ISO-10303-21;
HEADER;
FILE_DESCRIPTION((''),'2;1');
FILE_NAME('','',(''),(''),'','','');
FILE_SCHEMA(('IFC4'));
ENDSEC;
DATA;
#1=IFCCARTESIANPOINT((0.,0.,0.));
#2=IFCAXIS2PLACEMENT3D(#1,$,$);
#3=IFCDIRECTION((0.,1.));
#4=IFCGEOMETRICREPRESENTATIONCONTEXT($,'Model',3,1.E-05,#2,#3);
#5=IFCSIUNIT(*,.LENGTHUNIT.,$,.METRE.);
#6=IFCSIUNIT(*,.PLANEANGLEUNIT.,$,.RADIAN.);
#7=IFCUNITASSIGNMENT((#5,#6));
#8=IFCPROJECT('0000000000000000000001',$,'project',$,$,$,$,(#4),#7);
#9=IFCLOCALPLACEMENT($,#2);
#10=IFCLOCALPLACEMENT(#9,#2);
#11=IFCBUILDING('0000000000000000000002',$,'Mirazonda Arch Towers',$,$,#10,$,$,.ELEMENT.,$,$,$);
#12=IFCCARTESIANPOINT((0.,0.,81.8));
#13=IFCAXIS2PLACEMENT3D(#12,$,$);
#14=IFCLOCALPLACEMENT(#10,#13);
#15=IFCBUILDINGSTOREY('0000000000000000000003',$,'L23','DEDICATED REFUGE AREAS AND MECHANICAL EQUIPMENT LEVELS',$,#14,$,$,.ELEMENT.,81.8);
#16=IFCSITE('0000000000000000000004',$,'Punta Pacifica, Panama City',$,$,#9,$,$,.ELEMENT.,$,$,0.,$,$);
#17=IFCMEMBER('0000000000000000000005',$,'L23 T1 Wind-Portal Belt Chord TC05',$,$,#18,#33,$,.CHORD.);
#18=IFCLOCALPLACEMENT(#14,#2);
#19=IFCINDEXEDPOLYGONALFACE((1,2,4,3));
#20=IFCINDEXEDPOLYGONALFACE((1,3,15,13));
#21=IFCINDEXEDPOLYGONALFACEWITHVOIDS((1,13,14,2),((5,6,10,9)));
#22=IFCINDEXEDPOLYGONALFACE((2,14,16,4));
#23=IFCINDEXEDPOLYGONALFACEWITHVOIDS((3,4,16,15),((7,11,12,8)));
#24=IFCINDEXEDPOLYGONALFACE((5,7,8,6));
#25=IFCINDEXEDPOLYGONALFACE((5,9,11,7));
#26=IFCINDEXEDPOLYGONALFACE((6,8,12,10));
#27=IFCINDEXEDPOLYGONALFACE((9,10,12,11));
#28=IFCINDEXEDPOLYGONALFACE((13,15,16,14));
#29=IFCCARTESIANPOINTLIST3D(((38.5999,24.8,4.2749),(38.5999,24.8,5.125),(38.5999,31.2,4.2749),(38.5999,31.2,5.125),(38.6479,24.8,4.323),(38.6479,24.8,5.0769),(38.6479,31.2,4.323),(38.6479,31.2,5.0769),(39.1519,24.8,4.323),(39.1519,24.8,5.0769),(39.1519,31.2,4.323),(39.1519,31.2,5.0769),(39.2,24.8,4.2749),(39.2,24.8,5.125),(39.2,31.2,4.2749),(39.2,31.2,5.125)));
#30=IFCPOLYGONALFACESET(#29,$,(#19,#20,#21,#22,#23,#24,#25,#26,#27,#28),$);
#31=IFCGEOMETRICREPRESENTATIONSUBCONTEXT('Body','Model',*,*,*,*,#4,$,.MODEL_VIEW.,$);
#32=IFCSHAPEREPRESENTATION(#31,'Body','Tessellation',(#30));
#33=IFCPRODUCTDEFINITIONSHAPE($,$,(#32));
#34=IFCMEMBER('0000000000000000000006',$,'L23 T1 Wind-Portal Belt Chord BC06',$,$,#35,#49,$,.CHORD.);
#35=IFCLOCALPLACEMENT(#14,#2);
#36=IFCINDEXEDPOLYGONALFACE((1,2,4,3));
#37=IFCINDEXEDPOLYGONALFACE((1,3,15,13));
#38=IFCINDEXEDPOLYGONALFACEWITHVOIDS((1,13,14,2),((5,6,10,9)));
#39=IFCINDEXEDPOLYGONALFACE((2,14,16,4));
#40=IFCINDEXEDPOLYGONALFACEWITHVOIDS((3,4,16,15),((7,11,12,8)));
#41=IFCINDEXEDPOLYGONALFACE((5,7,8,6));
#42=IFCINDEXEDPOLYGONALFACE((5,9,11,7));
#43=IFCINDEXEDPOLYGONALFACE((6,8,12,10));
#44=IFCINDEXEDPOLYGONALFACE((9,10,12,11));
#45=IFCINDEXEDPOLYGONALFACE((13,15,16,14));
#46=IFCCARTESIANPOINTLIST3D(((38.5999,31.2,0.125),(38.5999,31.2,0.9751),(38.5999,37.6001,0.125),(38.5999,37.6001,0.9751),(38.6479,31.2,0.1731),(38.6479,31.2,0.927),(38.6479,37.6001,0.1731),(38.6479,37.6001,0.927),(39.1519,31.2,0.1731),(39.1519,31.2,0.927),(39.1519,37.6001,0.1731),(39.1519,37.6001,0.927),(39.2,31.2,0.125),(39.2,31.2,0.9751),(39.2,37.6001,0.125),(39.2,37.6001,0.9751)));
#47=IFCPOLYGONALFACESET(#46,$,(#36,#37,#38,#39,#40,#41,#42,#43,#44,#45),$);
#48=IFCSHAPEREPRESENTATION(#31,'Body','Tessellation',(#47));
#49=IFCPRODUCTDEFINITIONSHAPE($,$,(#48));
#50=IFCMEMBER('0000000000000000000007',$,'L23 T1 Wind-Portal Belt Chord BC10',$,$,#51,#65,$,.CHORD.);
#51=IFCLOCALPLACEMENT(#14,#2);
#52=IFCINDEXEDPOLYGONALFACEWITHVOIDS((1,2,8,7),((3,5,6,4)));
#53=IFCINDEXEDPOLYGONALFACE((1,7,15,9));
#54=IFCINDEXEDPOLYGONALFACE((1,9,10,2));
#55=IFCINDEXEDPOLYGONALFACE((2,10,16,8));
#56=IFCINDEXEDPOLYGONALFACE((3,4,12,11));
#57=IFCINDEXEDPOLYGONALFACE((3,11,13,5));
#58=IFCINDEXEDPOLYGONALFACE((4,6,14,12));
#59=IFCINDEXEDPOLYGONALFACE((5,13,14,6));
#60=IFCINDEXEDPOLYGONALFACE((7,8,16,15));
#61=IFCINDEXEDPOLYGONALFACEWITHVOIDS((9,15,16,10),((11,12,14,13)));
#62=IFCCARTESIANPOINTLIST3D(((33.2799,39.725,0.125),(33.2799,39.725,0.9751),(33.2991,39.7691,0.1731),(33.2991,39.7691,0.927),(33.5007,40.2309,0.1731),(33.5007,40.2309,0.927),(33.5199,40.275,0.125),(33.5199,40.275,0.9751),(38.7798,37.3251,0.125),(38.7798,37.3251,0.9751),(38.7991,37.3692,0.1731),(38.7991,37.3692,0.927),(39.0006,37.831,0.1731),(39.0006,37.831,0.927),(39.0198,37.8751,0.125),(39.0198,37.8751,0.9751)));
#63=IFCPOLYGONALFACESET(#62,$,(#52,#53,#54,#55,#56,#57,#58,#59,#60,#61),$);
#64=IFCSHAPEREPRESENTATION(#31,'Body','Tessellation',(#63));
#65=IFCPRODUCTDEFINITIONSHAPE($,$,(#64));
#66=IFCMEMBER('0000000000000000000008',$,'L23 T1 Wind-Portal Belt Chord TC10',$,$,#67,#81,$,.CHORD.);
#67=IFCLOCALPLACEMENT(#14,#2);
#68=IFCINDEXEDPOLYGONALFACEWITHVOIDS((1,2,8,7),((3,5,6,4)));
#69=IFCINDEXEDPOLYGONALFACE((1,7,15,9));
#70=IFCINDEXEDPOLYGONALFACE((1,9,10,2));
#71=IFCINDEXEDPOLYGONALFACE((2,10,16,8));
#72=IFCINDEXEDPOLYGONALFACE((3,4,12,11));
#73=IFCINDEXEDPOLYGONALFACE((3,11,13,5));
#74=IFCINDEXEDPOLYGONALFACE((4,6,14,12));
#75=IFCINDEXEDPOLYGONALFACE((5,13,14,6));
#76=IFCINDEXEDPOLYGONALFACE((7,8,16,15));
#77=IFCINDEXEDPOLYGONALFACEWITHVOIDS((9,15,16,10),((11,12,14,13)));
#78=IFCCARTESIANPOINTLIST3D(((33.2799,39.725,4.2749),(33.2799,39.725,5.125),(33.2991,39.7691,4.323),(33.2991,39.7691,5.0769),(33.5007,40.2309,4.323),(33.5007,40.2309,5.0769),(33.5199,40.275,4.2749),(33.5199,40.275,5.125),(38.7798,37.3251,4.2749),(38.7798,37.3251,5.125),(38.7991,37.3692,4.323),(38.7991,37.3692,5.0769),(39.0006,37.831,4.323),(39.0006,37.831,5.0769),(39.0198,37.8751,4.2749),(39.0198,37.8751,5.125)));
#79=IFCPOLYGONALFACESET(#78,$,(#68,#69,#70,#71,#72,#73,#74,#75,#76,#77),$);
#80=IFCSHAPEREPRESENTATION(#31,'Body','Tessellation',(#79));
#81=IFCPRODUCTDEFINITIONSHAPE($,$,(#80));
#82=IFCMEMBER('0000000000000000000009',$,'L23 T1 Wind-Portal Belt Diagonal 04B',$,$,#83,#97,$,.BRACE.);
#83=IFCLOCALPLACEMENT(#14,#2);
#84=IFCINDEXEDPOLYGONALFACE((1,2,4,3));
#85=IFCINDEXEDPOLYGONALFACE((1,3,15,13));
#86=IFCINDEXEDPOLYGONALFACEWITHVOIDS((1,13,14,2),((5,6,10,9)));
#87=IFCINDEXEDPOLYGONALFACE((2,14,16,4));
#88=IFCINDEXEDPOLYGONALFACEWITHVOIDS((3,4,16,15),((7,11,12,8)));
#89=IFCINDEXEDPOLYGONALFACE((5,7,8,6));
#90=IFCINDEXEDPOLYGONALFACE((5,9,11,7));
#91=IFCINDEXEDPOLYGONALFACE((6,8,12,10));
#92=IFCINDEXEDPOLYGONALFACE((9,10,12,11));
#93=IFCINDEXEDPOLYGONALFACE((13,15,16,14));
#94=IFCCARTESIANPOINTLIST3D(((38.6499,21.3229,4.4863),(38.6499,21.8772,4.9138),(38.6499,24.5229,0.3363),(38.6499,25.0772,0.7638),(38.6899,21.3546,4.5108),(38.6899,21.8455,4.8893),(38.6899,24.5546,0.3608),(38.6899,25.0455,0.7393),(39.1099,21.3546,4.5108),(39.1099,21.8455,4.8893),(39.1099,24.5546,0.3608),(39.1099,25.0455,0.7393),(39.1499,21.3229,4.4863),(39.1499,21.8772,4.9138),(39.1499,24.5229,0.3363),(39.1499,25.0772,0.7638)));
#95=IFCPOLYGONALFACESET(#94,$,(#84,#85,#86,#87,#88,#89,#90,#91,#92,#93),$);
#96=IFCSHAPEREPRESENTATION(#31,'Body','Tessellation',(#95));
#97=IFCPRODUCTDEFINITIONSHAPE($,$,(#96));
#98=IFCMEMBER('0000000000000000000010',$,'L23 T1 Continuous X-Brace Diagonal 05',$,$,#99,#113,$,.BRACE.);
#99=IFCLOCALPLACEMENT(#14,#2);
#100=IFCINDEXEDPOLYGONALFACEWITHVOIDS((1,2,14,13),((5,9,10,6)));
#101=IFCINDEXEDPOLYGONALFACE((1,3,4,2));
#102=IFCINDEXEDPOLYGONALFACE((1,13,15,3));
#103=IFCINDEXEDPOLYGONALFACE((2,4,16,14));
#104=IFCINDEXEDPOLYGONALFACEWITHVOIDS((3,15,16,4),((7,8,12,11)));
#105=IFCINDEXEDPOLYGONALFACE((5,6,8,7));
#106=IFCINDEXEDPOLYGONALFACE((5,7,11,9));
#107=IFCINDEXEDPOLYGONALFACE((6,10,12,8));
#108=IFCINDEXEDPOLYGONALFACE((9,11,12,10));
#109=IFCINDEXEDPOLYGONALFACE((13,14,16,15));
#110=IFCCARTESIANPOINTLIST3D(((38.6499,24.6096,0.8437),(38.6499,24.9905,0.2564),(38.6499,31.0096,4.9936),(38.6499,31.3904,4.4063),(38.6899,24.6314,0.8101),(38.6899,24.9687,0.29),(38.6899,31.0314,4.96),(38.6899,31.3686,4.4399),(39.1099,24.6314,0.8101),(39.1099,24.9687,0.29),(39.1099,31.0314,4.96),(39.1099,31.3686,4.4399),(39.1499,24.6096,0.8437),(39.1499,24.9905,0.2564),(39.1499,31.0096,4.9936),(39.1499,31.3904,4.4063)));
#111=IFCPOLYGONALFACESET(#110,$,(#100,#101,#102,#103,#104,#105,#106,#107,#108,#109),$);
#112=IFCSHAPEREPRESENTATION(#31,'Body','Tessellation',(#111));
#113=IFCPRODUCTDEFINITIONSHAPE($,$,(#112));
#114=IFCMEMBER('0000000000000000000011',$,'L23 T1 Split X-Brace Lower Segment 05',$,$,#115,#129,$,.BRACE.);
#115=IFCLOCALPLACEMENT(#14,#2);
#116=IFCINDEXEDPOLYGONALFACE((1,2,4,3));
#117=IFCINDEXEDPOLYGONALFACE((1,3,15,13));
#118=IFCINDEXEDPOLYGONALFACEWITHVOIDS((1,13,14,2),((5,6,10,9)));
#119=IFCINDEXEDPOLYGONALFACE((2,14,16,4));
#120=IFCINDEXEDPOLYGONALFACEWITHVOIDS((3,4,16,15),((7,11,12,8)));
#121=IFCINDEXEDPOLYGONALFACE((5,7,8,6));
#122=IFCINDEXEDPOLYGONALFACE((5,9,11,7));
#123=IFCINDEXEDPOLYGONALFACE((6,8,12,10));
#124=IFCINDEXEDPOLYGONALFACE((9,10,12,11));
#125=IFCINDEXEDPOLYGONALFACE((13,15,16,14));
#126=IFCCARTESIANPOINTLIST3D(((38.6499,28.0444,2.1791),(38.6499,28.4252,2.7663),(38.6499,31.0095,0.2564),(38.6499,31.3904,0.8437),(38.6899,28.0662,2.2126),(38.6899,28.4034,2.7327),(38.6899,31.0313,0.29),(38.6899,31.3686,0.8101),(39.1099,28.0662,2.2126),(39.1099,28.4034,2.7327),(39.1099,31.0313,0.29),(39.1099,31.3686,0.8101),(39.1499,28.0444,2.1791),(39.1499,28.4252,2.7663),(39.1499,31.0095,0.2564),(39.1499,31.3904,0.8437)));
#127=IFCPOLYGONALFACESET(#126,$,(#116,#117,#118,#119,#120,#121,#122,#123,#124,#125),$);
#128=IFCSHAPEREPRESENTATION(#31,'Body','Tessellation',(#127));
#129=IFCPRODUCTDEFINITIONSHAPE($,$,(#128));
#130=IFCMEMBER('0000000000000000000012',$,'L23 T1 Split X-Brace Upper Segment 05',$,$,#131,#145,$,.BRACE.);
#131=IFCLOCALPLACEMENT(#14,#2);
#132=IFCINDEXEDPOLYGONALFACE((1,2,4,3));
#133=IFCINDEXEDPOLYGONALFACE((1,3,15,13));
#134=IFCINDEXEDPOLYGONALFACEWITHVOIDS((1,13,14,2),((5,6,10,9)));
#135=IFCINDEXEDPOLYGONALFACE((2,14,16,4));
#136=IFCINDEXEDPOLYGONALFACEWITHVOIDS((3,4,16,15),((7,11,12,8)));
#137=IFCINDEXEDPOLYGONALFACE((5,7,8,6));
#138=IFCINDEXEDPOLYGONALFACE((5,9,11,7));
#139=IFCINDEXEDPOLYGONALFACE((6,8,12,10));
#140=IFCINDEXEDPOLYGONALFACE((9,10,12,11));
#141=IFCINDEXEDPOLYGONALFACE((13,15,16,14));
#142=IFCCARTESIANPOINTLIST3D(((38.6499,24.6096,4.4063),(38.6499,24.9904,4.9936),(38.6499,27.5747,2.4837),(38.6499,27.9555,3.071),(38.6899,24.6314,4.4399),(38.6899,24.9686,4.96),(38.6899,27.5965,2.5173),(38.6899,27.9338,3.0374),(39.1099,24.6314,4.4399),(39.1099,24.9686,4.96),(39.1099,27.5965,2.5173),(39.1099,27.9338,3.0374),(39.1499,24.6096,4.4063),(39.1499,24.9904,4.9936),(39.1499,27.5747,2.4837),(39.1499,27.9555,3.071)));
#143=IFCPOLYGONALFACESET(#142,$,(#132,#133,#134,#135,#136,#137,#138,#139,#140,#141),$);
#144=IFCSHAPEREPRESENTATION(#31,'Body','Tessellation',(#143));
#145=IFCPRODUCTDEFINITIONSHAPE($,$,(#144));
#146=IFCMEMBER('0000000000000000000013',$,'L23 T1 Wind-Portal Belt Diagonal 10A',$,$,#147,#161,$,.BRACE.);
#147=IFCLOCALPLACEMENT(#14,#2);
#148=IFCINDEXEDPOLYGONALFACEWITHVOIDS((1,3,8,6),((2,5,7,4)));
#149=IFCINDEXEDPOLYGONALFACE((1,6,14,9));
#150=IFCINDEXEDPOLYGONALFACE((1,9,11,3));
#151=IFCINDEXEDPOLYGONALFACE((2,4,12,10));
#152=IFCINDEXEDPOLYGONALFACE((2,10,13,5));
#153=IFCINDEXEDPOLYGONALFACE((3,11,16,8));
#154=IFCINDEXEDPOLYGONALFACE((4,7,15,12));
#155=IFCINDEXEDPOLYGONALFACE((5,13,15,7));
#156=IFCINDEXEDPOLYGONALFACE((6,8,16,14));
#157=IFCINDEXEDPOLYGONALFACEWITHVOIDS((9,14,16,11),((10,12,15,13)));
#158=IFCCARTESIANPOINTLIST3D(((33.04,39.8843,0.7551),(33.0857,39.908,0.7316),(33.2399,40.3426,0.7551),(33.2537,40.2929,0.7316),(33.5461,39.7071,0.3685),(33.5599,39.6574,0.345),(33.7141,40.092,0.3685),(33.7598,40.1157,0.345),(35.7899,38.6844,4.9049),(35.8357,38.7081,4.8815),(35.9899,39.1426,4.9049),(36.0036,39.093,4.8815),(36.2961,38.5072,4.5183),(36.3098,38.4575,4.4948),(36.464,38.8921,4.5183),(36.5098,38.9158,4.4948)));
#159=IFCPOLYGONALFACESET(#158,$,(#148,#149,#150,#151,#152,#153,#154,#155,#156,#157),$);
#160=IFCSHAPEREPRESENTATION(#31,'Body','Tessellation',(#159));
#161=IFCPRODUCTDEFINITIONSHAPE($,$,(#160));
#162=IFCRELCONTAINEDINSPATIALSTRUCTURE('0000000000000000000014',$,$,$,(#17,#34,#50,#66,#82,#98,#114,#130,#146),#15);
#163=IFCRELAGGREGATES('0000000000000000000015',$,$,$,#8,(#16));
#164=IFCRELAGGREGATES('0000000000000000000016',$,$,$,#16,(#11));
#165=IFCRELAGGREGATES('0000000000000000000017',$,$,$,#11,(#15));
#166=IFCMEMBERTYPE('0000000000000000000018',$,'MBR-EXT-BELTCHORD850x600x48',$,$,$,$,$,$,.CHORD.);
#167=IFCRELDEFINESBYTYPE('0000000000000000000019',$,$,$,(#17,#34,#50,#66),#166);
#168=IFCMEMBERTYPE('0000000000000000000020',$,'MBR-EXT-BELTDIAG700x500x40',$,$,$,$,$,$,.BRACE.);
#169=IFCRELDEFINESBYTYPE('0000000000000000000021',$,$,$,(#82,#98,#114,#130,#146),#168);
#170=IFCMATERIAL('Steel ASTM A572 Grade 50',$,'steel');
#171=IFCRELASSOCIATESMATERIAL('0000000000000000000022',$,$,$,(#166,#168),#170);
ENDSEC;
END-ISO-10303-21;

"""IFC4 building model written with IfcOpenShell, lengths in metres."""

from ifc_helpers import new_model, si_unit, direction, frame, origin, origin_2d, place, context, subcontext, project, spatial, hollow_rectangle, extrude, material, material_profile, profile_set, type_object, element, save


model = new_model("IFC4")

# Units and contexts
model_context = context("Model", 3, precision=1e-05, world=origin(), true_north=direction((0.0, 1.0)))
body_context = subcontext(model_context, "Body", "Model", "MODEL_VIEW")
ifc_project = project(units=[si_unit("LENGTHUNIT", "METRE"), si_unit("PLANEANGLEUNIT", "RADIAN")], contexts=[model_context])

# Site, building, storey
site_placement = place(None, origin())
site = spatial("IfcSite", under=ifc_project, at=site_placement, Name="Punta Pacifica, Panama City", CompositionType="ELEMENT", RefElevation=0.0)
building_placement = place(site_placement, origin())
building = spatial("IfcBuilding", under=site, at=building_placement, Name="Mirazonda Arch Towers", CompositionType="ELEMENT")
storey_placement = place(building_placement, frame((0.0, 0.0, 81.8)))
storey = spatial("IfcBuildingStorey", under=building, at=storey_placement, Name="L23", Description="DEDICATED REFUGE AREAS AND MECHANICAL EQUIPMENT LEVELS", CompositionType="ELEMENT", Elevation=81.8)

# Shared definitions
ifc_material_1 = material(Name="Steel ASTM A572 Grade 50", Category="steel")

# Members
ifc_material_profile_1 = material_profile(ifc_material_1, hollow_rectangle(XDim=0.6001, YDim=0.8501, WallThickness=0.0481, at=origin_2d()), Name="BELTCHORD850x600x48")
ifc_profile_set_1 = profile_set([ifc_material_profile_1], Name="Steel ASTM A572 Grade 50")
member_type_1 = type_object("IfcMemberType", Name="MBR-EXT-BELTCHORD850x600x48", PredefinedType="CHORD", material=ifc_profile_set_1)
for number, where, z_axis, x_axis, name in (
    (1, (38.8999, 24.8, 4.7), (0.0, 1.0, 0.0), (-1.0, 0.0, 0.0), "L23 T1 Wind-Portal Belt Chord TC05"),
):
    element("IfcMember", number, at=place(storey_placement, frame(where, z_axis=z_axis, x_axis=x_axis)), inside=storey, type_object=member_type_1, Name=name, PredefinedType="CHORD", context=body_context, shape_type="SweptSolid", body=[
        extrude(hollow_rectangle(XDim=0.6001, YDim=0.8501, WallThickness=0.0481, at=origin_2d()), origin(), (0.0, 0.0, 1.0), 6.3999),
    ])
member_1_placement = place(storey_placement, frame((38.8999, 31.2, 0.55), z_axis=(0.0, 1.0, 0.0), x_axis=(-1.0, 0.0, 0.0)))
element("IfcMember", 2, at=member_1_placement, inside=storey, type_object=member_type_1, Name="L23 T1 Wind-Portal Belt Chord BC06", PredefinedType="CHORD", context=body_context, shape_type="SweptSolid", body=[
    extrude(hollow_rectangle(XDim=0.6001, YDim=0.8501, WallThickness=0.0481, at=origin_2d()), origin(), (0.0, 0.0, 1.0), 6.4001),
])
for number, where, z_axis, x_axis, name in (
    (3, (33.3999, 40.0, 0.55), (0.916545, -0.399931, 0.0), (0.399931, 0.916545, 0.0), "L23 T1 Wind-Portal Belt Chord BC10"),
    (4, (33.3999, 40.0, 4.7), (0.916545, -0.399931, 0.0), (0.399931, 0.916545, 0.0), "L23 T1 Wind-Portal Belt Chord TC10"),
):
    element("IfcMember", number, at=place(storey_placement, frame(where, z_axis=z_axis, x_axis=x_axis)), inside=storey, type_object=member_type_1, Name=name, PredefinedType="CHORD", context=body_context, shape_type="SweptSolid", body=[
        extrude(hollow_rectangle(XDim=0.6001, YDim=0.8501, WallThickness=0.0481, at=origin_2d()), origin(), (0.0, 0.0, 1.0), 6.0007),
    ])
ifc_material_profile_2 = material_profile(ifc_material_1, hollow_rectangle(XDim=0.5, YDim=0.7, WallThickness=0.04, at=origin_2d()), Name="BELTDIAG700x500x40")
ifc_profile_set_2 = profile_set([ifc_material_profile_2], Name="Steel ASTM A572 Grade 50")
member_type_2 = type_object("IfcMemberType", Name="MBR-EXT-BELTDIAG700x500x40", PredefinedType="BRACE", material=ifc_profile_set_2)
member_2_placement = place(storey_placement, frame((38.8999, 24.8, 0.55), z_axis=(0.0, -0.610636, 0.791912), x_axis=(1.0, 0.0, 0.0)))
element("IfcMember", 5, at=member_2_placement, inside=storey, type_object=member_type_2, Name="L23 T1 Wind-Portal Belt Diagonal 04B", PredefinedType="BRACE", context=body_context, shape_type="SweptSolid", body=[
    extrude(hollow_rectangle(XDim=0.5, YDim=0.7, WallThickness=0.04, at=origin_2d()), origin(), (0.0, 0.0, 1.0), 5.2405),
])
member_3_placement = place(storey_placement, frame((38.8999, 24.8, 0.55), z_axis=(0.0, 0.839044, 0.544063), x_axis=(-1.0, 0.0, 0.0)))
element("IfcMember", 6, at=member_3_placement, inside=storey, type_object=member_type_2, Name="L23 T1 Continuous X-Brace Diagonal 05", PredefinedType="BRACE", context=body_context, shape_type="SweptSolid", body=[
    extrude(hollow_rectangle(XDim=0.5, YDim=0.7, WallThickness=0.04, at=origin_2d()), origin(), (0.0, 0.0, 1.0), 7.6277),
])
for number, where, z_axis, x_axis, name in (
    (7, (38.8999, 31.2, 0.55), (0.0, -0.839051, 0.544053), (1.0, 0.0, 0.0), "L23 T1 Split X-Brace Lower Segment 05"),
    (8, (38.8999, 27.7651, 2.7773), (0.0, -0.839051, 0.544053), (1.0, 0.0, 0.0), "L23 T1 Split X-Brace Upper Segment 05"),
):
    element("IfcMember", number, at=place(storey_placement, frame(where, z_axis=z_axis, x_axis=x_axis)), inside=storey, type_object=member_type_2, Name=name, PredefinedType="BRACE", context=body_context, shape_type="SweptSolid", body=[
        extrude(hollow_rectangle(XDim=0.5, YDim=0.7, WallThickness=0.04, at=origin_2d()), origin(), (0.0, 0.0, 1.0), 3.5339),
    ])
member_4_placement = place(storey_placement, frame((33.3999, 40.0, 0.55), z_axis=(0.53701, -0.234322, 0.810378), x_axis=(0.399931, 0.916545, 0.0)))
element("IfcMember", 9, at=member_4_placement, inside=storey, type_object=member_type_2, Name="L23 T1 Wind-Portal Belt Diagonal 10A", PredefinedType="BRACE", context=body_context, shape_type="SweptSolid", body=[
    extrude(hollow_rectangle(XDim=0.5, YDim=0.7, WallThickness=0.04, at=origin_2d()), origin(), (0.0, 0.0, 1.0), 5.1208),
])

save(model, "model.ifc")
